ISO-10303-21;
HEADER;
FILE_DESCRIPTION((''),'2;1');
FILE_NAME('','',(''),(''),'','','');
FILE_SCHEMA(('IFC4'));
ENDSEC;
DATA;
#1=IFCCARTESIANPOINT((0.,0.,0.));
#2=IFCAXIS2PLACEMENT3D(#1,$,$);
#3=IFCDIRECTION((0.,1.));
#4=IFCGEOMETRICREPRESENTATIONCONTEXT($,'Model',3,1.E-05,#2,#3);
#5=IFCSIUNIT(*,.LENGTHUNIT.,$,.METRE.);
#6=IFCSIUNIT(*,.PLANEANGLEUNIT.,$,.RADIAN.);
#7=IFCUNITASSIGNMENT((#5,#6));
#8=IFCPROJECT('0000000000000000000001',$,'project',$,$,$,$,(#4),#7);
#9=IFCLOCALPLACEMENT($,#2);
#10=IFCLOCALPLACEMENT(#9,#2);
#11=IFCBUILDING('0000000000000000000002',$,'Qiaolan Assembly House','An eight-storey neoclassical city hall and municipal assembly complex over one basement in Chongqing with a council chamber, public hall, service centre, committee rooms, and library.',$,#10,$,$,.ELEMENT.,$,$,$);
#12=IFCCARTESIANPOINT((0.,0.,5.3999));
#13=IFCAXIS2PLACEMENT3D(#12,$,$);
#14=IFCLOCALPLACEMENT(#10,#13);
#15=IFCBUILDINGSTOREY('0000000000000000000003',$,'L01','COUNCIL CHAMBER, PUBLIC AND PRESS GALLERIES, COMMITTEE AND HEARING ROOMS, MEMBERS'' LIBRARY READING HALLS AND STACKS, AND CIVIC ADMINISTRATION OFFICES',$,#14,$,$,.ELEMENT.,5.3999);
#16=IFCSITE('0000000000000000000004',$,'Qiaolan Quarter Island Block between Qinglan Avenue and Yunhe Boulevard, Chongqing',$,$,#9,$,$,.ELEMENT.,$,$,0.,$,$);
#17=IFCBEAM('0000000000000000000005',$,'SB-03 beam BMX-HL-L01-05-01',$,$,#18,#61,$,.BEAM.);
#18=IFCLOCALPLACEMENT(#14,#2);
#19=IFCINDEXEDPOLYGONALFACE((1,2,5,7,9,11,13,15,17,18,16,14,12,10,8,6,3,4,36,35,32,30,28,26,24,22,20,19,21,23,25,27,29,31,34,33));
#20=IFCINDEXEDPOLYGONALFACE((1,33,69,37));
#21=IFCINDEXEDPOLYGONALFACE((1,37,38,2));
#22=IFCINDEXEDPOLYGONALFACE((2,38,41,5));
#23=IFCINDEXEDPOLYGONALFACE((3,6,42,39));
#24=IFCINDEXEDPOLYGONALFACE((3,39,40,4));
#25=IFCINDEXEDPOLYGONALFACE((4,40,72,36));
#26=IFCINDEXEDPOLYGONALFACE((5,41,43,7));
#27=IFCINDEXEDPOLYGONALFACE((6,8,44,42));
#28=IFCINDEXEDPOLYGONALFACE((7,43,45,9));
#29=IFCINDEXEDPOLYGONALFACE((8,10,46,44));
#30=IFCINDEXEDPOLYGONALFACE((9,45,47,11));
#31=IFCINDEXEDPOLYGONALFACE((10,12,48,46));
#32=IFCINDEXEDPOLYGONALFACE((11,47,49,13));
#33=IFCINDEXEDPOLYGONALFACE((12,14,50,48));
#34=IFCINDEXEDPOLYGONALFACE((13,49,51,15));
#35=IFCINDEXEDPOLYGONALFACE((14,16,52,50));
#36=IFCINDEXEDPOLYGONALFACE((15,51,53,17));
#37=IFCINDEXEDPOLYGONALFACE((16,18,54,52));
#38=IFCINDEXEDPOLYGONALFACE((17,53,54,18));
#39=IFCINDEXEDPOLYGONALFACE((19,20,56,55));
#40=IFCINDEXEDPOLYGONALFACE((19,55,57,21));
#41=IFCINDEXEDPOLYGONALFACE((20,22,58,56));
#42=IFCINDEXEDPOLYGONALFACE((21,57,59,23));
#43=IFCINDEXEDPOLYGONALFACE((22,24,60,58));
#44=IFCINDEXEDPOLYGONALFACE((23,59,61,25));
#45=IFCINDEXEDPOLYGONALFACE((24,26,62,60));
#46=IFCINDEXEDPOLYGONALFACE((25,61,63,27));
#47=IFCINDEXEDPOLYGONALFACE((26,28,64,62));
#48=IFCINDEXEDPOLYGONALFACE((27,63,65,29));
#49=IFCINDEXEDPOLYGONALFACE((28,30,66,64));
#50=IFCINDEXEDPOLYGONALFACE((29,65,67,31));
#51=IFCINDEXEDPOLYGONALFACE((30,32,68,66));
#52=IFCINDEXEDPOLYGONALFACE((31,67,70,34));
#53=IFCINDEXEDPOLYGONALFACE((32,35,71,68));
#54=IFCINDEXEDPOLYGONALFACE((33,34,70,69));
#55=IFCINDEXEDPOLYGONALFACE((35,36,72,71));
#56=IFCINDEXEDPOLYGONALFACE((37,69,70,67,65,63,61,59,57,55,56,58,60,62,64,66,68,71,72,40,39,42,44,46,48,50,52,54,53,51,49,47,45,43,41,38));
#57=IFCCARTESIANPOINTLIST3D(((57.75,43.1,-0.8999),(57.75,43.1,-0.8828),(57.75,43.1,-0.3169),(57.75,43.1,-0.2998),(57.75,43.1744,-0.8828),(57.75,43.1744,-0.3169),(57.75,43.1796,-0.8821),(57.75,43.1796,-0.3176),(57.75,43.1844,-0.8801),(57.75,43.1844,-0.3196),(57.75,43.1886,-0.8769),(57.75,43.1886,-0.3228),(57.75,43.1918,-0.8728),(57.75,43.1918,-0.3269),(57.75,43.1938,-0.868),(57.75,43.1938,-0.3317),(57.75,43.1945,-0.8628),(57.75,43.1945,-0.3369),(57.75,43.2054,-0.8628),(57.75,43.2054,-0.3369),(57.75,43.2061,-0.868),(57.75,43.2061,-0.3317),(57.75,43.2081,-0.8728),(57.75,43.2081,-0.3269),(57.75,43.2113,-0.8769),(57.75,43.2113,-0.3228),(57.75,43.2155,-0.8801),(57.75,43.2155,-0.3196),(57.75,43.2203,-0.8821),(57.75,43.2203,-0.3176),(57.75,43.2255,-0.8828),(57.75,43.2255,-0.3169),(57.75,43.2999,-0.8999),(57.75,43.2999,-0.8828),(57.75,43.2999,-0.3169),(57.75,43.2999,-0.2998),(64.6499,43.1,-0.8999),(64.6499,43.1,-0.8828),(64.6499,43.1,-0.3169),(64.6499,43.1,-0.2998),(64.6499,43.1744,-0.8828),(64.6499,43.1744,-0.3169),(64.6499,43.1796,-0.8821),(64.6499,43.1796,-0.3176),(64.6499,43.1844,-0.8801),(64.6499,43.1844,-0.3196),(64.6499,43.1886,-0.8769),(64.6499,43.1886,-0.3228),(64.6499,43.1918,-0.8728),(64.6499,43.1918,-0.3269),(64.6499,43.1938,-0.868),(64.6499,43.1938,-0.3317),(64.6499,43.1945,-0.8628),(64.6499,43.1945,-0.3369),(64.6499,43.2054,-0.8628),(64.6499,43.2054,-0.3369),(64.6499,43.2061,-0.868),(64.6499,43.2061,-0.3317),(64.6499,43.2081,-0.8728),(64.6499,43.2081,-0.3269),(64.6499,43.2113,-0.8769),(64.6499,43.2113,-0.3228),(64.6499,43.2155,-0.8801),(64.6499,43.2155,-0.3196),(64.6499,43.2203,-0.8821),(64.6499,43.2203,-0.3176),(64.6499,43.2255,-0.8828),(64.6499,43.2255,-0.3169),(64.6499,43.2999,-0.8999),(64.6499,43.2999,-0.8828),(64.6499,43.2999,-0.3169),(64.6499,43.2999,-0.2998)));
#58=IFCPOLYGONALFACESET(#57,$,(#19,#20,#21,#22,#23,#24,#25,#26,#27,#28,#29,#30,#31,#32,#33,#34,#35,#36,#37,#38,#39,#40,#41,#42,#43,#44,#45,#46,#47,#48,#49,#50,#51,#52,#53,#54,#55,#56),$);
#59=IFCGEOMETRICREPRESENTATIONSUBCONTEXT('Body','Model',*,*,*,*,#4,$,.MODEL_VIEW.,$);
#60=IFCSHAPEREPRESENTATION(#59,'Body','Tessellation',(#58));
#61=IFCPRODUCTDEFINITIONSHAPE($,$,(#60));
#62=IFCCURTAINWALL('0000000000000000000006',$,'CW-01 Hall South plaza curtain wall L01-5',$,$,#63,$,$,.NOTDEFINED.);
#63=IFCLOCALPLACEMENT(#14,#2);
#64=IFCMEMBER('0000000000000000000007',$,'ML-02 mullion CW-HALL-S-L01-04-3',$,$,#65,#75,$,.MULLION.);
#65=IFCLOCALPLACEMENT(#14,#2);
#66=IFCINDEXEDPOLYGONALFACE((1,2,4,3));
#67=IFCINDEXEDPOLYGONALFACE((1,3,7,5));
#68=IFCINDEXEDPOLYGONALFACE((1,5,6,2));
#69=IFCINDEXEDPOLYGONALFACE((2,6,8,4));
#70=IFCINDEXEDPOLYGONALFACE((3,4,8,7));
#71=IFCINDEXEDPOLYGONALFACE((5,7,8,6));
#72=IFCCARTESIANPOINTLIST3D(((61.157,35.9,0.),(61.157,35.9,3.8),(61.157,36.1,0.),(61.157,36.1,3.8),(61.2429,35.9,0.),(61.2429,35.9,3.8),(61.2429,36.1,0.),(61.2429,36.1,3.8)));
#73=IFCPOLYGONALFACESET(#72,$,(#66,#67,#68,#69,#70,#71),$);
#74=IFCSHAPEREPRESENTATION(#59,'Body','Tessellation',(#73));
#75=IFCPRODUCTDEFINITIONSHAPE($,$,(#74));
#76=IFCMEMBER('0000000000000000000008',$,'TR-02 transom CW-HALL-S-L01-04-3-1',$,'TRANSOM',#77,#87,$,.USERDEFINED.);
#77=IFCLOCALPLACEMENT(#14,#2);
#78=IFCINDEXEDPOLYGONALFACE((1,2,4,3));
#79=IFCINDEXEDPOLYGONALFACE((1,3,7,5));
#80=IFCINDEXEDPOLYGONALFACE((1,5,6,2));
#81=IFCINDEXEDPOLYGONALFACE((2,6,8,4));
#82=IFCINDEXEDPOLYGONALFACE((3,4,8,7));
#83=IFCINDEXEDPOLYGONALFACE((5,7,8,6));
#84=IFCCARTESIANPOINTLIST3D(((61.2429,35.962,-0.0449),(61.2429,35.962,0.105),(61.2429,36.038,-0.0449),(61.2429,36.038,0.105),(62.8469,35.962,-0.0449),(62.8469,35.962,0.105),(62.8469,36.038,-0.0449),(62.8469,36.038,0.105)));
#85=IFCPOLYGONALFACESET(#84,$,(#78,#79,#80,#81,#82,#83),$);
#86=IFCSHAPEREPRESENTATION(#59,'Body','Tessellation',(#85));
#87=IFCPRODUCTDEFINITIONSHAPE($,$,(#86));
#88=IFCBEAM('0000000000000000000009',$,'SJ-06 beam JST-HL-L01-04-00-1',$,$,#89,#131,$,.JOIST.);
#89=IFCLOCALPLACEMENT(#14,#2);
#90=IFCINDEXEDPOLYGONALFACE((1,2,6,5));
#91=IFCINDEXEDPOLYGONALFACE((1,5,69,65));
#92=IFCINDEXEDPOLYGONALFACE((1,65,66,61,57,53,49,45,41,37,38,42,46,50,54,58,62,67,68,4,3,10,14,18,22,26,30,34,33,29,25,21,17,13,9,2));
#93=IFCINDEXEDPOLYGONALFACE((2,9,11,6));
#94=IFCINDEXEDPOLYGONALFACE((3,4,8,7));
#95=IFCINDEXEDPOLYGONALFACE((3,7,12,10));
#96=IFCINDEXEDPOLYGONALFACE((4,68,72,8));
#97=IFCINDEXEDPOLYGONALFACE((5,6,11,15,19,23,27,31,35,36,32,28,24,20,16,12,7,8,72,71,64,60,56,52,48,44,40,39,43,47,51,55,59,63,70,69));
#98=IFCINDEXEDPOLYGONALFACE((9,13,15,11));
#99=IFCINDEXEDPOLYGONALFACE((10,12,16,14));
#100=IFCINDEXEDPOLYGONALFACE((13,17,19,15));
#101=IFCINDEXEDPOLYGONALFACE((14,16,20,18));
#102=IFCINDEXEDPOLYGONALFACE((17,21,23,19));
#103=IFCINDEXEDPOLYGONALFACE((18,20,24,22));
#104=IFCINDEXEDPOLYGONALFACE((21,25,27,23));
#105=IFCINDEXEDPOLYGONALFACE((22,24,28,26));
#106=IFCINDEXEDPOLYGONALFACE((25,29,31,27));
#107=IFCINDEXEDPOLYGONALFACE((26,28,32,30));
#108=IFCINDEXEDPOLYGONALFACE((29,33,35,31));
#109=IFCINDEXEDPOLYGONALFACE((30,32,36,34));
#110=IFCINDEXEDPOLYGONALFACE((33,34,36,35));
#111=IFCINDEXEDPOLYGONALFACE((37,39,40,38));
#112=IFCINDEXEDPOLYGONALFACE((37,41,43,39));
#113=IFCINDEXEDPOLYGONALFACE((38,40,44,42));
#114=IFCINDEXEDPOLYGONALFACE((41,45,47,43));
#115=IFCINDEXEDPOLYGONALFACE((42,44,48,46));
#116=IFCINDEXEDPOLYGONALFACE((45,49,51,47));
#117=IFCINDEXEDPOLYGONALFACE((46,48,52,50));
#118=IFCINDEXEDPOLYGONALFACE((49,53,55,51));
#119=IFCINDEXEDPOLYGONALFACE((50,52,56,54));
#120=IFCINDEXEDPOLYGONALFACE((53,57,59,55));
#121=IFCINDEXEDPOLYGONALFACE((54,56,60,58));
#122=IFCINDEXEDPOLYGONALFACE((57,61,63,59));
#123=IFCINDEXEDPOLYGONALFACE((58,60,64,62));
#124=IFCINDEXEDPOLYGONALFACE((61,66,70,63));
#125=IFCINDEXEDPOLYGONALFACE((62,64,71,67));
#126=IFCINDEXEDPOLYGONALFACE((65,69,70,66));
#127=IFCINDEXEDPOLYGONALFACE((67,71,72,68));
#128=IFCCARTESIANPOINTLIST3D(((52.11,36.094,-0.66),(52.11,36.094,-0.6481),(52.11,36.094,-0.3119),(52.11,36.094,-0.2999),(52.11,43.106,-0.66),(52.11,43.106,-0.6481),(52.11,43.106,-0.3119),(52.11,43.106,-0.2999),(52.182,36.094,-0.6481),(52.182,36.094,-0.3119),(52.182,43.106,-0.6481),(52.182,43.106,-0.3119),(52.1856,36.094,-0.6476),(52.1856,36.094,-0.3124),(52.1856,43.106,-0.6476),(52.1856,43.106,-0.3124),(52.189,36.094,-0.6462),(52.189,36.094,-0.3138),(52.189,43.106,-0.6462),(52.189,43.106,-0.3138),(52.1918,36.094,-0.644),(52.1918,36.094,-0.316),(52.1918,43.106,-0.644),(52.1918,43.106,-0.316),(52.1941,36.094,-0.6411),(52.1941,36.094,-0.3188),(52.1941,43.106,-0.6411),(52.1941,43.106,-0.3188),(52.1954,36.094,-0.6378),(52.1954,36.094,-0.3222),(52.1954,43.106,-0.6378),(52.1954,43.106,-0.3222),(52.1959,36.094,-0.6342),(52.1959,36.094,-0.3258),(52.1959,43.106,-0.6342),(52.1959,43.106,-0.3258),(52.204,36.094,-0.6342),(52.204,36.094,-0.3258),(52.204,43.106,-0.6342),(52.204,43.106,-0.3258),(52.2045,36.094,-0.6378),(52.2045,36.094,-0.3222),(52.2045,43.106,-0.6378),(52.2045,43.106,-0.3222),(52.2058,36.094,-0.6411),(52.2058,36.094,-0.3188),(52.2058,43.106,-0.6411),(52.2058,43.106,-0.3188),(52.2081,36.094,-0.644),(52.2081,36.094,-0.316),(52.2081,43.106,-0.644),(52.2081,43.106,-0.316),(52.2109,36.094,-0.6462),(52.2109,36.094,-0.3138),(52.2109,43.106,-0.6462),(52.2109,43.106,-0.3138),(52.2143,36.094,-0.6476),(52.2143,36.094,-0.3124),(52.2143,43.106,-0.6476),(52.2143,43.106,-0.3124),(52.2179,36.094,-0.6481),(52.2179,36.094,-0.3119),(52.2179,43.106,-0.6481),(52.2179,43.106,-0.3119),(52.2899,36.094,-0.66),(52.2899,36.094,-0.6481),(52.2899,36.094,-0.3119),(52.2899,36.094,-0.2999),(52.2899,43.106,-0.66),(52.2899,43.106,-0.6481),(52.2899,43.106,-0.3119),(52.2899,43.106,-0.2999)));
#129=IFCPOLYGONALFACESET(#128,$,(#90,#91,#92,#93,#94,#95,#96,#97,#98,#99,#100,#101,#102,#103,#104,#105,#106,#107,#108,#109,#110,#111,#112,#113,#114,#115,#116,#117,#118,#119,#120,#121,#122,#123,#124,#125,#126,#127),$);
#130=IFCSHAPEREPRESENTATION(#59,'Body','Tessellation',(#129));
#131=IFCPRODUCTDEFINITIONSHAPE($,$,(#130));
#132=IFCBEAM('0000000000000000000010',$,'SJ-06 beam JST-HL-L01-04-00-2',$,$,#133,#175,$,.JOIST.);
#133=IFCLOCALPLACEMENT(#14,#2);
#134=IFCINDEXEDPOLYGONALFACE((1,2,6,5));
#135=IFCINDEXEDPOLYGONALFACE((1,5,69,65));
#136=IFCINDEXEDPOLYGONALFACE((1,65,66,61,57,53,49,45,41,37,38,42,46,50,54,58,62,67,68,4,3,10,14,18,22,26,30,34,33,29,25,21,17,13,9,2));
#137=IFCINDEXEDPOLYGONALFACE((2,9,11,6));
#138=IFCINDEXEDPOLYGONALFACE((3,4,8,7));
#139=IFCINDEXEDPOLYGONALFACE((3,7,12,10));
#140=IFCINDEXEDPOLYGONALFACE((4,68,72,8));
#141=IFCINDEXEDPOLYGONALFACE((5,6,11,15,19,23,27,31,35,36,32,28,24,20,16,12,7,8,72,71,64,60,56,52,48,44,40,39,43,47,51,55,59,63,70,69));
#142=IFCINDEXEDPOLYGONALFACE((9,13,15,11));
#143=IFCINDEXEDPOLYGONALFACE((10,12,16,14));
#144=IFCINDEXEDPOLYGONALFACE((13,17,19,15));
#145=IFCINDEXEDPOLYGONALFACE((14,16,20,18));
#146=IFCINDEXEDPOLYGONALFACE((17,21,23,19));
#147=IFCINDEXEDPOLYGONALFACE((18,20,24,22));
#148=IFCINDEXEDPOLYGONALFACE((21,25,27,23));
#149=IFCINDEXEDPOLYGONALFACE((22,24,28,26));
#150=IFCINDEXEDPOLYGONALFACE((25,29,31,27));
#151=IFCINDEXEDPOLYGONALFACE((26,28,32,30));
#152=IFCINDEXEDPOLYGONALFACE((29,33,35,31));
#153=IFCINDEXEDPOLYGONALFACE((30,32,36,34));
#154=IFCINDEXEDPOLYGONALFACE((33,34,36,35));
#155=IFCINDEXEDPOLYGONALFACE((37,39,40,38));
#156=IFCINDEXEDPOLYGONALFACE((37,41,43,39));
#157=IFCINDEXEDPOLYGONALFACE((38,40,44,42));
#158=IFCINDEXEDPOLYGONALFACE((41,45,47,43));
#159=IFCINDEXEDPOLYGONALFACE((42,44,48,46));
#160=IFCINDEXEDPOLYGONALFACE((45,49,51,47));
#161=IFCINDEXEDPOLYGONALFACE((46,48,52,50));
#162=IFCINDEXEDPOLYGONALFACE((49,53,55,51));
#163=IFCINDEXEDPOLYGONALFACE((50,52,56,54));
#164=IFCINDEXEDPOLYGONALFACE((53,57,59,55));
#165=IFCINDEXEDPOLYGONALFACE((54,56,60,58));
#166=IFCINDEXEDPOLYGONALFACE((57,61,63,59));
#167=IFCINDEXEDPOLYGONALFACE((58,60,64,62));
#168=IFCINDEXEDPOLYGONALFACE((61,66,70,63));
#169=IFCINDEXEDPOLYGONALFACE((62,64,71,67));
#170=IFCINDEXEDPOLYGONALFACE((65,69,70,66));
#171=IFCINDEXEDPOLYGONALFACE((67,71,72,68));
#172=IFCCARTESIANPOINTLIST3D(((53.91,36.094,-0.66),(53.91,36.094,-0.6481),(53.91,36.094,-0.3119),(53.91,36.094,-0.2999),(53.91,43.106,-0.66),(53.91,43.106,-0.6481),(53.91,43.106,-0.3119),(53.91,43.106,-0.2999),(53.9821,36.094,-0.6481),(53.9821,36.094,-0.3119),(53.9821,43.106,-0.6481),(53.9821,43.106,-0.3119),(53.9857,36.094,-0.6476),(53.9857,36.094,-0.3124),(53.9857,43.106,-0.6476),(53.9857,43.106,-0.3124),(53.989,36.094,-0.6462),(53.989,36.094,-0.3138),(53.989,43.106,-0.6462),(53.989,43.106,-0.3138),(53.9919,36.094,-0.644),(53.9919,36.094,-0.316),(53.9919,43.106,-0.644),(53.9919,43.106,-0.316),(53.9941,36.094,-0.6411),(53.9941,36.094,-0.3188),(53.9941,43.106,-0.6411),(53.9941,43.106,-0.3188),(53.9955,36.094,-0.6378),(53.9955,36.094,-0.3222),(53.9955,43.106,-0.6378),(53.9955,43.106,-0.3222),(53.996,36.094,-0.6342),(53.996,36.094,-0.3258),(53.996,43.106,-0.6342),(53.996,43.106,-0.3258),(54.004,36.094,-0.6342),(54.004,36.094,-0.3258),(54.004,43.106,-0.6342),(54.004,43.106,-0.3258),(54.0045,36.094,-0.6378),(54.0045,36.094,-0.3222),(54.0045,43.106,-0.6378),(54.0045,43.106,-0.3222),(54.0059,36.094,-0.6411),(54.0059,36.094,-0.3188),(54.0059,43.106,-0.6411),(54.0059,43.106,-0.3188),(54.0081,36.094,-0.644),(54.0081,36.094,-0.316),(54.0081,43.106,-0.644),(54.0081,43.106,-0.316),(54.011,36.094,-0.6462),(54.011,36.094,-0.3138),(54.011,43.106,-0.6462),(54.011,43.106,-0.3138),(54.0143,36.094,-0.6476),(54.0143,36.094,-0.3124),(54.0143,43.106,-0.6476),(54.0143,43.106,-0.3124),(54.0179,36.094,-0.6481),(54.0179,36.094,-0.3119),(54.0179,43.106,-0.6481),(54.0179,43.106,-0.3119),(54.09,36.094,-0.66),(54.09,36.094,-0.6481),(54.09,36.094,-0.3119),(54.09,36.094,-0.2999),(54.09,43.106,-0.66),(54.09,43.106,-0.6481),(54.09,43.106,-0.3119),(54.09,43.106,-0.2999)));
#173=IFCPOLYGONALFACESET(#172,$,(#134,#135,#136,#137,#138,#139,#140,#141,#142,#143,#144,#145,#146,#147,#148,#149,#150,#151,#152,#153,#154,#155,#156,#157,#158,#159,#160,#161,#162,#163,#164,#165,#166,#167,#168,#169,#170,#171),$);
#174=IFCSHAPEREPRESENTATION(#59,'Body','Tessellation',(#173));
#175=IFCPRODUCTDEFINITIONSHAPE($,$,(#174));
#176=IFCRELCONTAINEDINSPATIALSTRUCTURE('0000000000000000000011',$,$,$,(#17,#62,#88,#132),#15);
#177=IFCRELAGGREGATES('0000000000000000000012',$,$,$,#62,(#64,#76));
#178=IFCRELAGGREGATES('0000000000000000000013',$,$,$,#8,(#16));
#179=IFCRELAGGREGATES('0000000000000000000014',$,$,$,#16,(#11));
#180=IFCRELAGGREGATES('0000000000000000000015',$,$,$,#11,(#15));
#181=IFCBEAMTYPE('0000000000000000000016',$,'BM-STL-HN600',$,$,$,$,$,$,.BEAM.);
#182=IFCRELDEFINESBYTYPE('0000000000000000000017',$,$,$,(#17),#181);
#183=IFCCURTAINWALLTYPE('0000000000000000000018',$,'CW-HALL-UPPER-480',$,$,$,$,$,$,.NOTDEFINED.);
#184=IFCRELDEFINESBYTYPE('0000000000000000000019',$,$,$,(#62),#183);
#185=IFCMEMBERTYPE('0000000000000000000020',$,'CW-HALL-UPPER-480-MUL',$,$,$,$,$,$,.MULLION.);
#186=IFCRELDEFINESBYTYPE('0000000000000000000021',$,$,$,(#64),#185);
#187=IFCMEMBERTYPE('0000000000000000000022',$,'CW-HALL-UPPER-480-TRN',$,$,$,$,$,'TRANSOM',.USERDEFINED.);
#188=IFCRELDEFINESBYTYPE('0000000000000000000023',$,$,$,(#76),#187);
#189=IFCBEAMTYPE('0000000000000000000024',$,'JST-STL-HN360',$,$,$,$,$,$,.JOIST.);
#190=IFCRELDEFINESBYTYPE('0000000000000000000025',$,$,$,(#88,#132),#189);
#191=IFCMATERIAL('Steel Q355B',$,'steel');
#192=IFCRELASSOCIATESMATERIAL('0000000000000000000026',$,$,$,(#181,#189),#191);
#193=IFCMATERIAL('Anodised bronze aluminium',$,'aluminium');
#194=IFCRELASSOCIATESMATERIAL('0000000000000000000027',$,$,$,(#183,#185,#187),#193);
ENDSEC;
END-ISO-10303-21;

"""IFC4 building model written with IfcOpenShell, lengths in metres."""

from ifc_helpers import new_model, si_unit, direction, frame, origin, origin_2d, place, context, subcontext, project, spatial, rectangle, i_section, extrude, material, material_profile, profile_set, type_object, element, aggregate, save


model = new_model("IFC4")

# Units and contexts
model_context = context("Model", 3, precision=1e-05, world=origin(), true_north=direction((0.0, 1.0)))
body_context = subcontext(model_context, "Body", "Model", "MODEL_VIEW")
ifc_project = project(units=[si_unit("LENGTHUNIT", "METRE"), si_unit("PLANEANGLEUNIT", "RADIAN")], contexts=[model_context])

# Site, building, storey
site_placement = place(None, origin())
site = spatial("IfcSite", under=ifc_project, at=site_placement, Name="Qiaolan Quarter Island Block between Qinglan Avenue and Yunhe Boulevard, Chongqing", CompositionType="ELEMENT", RefElevation=0.0)
building_placement = place(site_placement, origin())
building = spatial("IfcBuilding", under=site, at=building_placement, Name="Qiaolan Assembly House", Description="An eight-storey neoclassical city hall and municipal assembly complex over one basement in Chongqing with a council chamber, public hall, service centre, committee rooms, and library.", CompositionType="ELEMENT")
storey_placement = place(building_placement, frame((0.0, 0.0, 5.3999)))
storey = spatial("IfcBuildingStorey", under=building, at=storey_placement, Name="L01", Description="COUNCIL CHAMBER, PUBLIC AND PRESS GALLERIES, COMMITTEE AND HEARING ROOMS, MEMBERS' LIBRARY READING HALLS AND STACKS, AND CIVIC ADMINISTRATION OFFICES", CompositionType="ELEMENT", Elevation=5.3999)

# Shared definitions
ifc_material_1 = material(Name="Steel Q355B", Category="steel")

# Beam
ifc_material_profile_1 = material_profile(ifc_material_1, i_section(OverallWidth=0.2, OverallDepth=0.6001, WebThickness=0.011, FlangeThickness=0.0171, FilletRadius=0.02, at=origin_2d()), Name="HN 600x200x11x17")
ifc_profile_set_1 = profile_set([ifc_material_profile_1], Name="Steel Q355B")
beam_type_1 = type_object("IfcBeamType", Name="BM-STL-HN600", PredefinedType="BEAM", material=ifc_profile_set_1)
for number, where, z_axis, x_axis, name in (
    (1, (57.75, 43.2, -0.5999), (1.0, 0.0, 0.0), (0.0, 1.0, 0.0), "SB-03 beam BMX-HL-L01-05-01"),
):
    element("IfcBeam", number, at=place(storey_placement, frame(where, z_axis=z_axis, x_axis=x_axis)), inside=storey, type_object=beam_type_1, Name=name, PredefinedType="BEAM", context=body_context, shape_type="SweptSolid", body=[
        extrude(i_section(OverallWidth=0.2, OverallDepth=0.6001, WebThickness=0.011, FlangeThickness=0.0171, FilletRadius=0.02, at=origin_2d()), origin(), (0.0, 0.0, 1.0), 6.8999),
    ])

# Curtain wall, members
ifc_material_2 = material(Name="Anodised bronze aluminium", Category="aluminium")
curtain_wall_type = type_object("IfcCurtainWallType", Name="CW-HALL-UPPER-480", PredefinedType="NOTDEFINED", material=ifc_material_2)
curtain_wall_placement = place(storey_placement, origin())
curtain_wall = element("IfcCurtainWall", 2, at=curtain_wall_placement, inside=storey, type_object=curtain_wall_type, Name="CW-01 Hall South plaza curtain wall L01-5", PredefinedType="NOTDEFINED")
ifc_material_profile_2 = material_profile(ifc_material_2, rectangle(XDim=0.0859, YDim=0.2, at=origin_2d()), Name="MUL 86x200")
ifc_profile_set_2 = profile_set([ifc_material_profile_2], Name="Anodised bronze aluminium")
member_type_1 = type_object("IfcMemberType", Name="CW-HALL-UPPER-480-MUL", PredefinedType="MULLION", material=ifc_profile_set_2)
member_1_placement = place(storey_placement, frame((61.2, 36.0, 0.0), z_axis=(0.0, 0.0, 1.0), x_axis=(1.0, 0.0, 0.0)))
member_1 = element("IfcMember", 3, at=member_1_placement, type_object=member_type_1, Name="ML-02 mullion CW-HALL-S-L01-04-3", PredefinedType="MULLION", context=body_context, shape_type="SweptSolid", body=[
    extrude(rectangle(XDim=0.0859, YDim=0.2, at=origin_2d()), origin(), (0.0, 0.0, 1.0), 3.8),
])
ifc_material_profile_3 = material_profile(ifc_material_2, rectangle(XDim=0.0759, YDim=0.1499, at=origin_2d()), Name="TRN 76x150")
ifc_profile_set_3 = profile_set([ifc_material_profile_3], Name="Anodised bronze aluminium")
member_type_2 = type_object("IfcMemberType", Name="CW-HALL-UPPER-480-TRN", ElementType="TRANSOM", PredefinedType="USERDEFINED", material=ifc_profile_set_3)
member_2_placement = place(storey_placement, frame((61.2429, 36.0, 0.03), z_axis=(1.0, 0.0, 0.0), x_axis=(0.0, 1.0, 0.0)))
member_2 = element("IfcMember", 4, at=member_2_placement, type_object=member_type_2, Name="TR-02 transom CW-HALL-S-L01-04-3-1", ObjectType="TRANSOM", PredefinedType="USERDEFINED", context=body_context, shape_type="SweptSolid", body=[
    extrude(rectangle(XDim=0.0759, YDim=0.1499, at=origin_2d()), origin(), (0.0, 0.0, 1.0), 1.604),
])

# Beams
ifc_material_profile_4 = material_profile(ifc_material_1, i_section(OverallWidth=0.1799, OverallDepth=0.3601, WebThickness=0.0081, FlangeThickness=0.012, FilletRadius=0.0139, at=origin_2d()), Name="HN 360x180x8x12")
ifc_profile_set_4 = profile_set([ifc_material_profile_4], Name="Steel Q355B")
beam_type_2 = type_object("IfcBeamType", Name="JST-STL-HN360", PredefinedType="JOIST", material=ifc_profile_set_4)
for number, where, z_axis, x_axis, name in (
    (5, (52.2, 36.094, -0.48), (0.0, 1.0, 0.0), (-1.0, 0.0, 0.0), "SJ-06 beam JST-HL-L01-04-00-1"),
    (6, (54.0, 36.094, -0.48), (0.0, 1.0, 0.0), (-1.0, 0.0, 0.0), "SJ-06 beam JST-HL-L01-04-00-2"),
):
    element("IfcBeam", number, at=place(storey_placement, frame(where, z_axis=z_axis, x_axis=x_axis)), inside=storey, type_object=beam_type_2, Name=name, PredefinedType="JOIST", context=body_context, shape_type="SweptSolid", body=[
        extrude(i_section(OverallWidth=0.1799, OverallDepth=0.3601, WebThickness=0.0081, FlangeThickness=0.012, FilletRadius=0.0139, at=origin_2d()), origin(), (0.0, 0.0, 1.0), 7.012),
    ])

aggregate(curtain_wall, [member_1, member_2])

save(model, "model.ifc")
